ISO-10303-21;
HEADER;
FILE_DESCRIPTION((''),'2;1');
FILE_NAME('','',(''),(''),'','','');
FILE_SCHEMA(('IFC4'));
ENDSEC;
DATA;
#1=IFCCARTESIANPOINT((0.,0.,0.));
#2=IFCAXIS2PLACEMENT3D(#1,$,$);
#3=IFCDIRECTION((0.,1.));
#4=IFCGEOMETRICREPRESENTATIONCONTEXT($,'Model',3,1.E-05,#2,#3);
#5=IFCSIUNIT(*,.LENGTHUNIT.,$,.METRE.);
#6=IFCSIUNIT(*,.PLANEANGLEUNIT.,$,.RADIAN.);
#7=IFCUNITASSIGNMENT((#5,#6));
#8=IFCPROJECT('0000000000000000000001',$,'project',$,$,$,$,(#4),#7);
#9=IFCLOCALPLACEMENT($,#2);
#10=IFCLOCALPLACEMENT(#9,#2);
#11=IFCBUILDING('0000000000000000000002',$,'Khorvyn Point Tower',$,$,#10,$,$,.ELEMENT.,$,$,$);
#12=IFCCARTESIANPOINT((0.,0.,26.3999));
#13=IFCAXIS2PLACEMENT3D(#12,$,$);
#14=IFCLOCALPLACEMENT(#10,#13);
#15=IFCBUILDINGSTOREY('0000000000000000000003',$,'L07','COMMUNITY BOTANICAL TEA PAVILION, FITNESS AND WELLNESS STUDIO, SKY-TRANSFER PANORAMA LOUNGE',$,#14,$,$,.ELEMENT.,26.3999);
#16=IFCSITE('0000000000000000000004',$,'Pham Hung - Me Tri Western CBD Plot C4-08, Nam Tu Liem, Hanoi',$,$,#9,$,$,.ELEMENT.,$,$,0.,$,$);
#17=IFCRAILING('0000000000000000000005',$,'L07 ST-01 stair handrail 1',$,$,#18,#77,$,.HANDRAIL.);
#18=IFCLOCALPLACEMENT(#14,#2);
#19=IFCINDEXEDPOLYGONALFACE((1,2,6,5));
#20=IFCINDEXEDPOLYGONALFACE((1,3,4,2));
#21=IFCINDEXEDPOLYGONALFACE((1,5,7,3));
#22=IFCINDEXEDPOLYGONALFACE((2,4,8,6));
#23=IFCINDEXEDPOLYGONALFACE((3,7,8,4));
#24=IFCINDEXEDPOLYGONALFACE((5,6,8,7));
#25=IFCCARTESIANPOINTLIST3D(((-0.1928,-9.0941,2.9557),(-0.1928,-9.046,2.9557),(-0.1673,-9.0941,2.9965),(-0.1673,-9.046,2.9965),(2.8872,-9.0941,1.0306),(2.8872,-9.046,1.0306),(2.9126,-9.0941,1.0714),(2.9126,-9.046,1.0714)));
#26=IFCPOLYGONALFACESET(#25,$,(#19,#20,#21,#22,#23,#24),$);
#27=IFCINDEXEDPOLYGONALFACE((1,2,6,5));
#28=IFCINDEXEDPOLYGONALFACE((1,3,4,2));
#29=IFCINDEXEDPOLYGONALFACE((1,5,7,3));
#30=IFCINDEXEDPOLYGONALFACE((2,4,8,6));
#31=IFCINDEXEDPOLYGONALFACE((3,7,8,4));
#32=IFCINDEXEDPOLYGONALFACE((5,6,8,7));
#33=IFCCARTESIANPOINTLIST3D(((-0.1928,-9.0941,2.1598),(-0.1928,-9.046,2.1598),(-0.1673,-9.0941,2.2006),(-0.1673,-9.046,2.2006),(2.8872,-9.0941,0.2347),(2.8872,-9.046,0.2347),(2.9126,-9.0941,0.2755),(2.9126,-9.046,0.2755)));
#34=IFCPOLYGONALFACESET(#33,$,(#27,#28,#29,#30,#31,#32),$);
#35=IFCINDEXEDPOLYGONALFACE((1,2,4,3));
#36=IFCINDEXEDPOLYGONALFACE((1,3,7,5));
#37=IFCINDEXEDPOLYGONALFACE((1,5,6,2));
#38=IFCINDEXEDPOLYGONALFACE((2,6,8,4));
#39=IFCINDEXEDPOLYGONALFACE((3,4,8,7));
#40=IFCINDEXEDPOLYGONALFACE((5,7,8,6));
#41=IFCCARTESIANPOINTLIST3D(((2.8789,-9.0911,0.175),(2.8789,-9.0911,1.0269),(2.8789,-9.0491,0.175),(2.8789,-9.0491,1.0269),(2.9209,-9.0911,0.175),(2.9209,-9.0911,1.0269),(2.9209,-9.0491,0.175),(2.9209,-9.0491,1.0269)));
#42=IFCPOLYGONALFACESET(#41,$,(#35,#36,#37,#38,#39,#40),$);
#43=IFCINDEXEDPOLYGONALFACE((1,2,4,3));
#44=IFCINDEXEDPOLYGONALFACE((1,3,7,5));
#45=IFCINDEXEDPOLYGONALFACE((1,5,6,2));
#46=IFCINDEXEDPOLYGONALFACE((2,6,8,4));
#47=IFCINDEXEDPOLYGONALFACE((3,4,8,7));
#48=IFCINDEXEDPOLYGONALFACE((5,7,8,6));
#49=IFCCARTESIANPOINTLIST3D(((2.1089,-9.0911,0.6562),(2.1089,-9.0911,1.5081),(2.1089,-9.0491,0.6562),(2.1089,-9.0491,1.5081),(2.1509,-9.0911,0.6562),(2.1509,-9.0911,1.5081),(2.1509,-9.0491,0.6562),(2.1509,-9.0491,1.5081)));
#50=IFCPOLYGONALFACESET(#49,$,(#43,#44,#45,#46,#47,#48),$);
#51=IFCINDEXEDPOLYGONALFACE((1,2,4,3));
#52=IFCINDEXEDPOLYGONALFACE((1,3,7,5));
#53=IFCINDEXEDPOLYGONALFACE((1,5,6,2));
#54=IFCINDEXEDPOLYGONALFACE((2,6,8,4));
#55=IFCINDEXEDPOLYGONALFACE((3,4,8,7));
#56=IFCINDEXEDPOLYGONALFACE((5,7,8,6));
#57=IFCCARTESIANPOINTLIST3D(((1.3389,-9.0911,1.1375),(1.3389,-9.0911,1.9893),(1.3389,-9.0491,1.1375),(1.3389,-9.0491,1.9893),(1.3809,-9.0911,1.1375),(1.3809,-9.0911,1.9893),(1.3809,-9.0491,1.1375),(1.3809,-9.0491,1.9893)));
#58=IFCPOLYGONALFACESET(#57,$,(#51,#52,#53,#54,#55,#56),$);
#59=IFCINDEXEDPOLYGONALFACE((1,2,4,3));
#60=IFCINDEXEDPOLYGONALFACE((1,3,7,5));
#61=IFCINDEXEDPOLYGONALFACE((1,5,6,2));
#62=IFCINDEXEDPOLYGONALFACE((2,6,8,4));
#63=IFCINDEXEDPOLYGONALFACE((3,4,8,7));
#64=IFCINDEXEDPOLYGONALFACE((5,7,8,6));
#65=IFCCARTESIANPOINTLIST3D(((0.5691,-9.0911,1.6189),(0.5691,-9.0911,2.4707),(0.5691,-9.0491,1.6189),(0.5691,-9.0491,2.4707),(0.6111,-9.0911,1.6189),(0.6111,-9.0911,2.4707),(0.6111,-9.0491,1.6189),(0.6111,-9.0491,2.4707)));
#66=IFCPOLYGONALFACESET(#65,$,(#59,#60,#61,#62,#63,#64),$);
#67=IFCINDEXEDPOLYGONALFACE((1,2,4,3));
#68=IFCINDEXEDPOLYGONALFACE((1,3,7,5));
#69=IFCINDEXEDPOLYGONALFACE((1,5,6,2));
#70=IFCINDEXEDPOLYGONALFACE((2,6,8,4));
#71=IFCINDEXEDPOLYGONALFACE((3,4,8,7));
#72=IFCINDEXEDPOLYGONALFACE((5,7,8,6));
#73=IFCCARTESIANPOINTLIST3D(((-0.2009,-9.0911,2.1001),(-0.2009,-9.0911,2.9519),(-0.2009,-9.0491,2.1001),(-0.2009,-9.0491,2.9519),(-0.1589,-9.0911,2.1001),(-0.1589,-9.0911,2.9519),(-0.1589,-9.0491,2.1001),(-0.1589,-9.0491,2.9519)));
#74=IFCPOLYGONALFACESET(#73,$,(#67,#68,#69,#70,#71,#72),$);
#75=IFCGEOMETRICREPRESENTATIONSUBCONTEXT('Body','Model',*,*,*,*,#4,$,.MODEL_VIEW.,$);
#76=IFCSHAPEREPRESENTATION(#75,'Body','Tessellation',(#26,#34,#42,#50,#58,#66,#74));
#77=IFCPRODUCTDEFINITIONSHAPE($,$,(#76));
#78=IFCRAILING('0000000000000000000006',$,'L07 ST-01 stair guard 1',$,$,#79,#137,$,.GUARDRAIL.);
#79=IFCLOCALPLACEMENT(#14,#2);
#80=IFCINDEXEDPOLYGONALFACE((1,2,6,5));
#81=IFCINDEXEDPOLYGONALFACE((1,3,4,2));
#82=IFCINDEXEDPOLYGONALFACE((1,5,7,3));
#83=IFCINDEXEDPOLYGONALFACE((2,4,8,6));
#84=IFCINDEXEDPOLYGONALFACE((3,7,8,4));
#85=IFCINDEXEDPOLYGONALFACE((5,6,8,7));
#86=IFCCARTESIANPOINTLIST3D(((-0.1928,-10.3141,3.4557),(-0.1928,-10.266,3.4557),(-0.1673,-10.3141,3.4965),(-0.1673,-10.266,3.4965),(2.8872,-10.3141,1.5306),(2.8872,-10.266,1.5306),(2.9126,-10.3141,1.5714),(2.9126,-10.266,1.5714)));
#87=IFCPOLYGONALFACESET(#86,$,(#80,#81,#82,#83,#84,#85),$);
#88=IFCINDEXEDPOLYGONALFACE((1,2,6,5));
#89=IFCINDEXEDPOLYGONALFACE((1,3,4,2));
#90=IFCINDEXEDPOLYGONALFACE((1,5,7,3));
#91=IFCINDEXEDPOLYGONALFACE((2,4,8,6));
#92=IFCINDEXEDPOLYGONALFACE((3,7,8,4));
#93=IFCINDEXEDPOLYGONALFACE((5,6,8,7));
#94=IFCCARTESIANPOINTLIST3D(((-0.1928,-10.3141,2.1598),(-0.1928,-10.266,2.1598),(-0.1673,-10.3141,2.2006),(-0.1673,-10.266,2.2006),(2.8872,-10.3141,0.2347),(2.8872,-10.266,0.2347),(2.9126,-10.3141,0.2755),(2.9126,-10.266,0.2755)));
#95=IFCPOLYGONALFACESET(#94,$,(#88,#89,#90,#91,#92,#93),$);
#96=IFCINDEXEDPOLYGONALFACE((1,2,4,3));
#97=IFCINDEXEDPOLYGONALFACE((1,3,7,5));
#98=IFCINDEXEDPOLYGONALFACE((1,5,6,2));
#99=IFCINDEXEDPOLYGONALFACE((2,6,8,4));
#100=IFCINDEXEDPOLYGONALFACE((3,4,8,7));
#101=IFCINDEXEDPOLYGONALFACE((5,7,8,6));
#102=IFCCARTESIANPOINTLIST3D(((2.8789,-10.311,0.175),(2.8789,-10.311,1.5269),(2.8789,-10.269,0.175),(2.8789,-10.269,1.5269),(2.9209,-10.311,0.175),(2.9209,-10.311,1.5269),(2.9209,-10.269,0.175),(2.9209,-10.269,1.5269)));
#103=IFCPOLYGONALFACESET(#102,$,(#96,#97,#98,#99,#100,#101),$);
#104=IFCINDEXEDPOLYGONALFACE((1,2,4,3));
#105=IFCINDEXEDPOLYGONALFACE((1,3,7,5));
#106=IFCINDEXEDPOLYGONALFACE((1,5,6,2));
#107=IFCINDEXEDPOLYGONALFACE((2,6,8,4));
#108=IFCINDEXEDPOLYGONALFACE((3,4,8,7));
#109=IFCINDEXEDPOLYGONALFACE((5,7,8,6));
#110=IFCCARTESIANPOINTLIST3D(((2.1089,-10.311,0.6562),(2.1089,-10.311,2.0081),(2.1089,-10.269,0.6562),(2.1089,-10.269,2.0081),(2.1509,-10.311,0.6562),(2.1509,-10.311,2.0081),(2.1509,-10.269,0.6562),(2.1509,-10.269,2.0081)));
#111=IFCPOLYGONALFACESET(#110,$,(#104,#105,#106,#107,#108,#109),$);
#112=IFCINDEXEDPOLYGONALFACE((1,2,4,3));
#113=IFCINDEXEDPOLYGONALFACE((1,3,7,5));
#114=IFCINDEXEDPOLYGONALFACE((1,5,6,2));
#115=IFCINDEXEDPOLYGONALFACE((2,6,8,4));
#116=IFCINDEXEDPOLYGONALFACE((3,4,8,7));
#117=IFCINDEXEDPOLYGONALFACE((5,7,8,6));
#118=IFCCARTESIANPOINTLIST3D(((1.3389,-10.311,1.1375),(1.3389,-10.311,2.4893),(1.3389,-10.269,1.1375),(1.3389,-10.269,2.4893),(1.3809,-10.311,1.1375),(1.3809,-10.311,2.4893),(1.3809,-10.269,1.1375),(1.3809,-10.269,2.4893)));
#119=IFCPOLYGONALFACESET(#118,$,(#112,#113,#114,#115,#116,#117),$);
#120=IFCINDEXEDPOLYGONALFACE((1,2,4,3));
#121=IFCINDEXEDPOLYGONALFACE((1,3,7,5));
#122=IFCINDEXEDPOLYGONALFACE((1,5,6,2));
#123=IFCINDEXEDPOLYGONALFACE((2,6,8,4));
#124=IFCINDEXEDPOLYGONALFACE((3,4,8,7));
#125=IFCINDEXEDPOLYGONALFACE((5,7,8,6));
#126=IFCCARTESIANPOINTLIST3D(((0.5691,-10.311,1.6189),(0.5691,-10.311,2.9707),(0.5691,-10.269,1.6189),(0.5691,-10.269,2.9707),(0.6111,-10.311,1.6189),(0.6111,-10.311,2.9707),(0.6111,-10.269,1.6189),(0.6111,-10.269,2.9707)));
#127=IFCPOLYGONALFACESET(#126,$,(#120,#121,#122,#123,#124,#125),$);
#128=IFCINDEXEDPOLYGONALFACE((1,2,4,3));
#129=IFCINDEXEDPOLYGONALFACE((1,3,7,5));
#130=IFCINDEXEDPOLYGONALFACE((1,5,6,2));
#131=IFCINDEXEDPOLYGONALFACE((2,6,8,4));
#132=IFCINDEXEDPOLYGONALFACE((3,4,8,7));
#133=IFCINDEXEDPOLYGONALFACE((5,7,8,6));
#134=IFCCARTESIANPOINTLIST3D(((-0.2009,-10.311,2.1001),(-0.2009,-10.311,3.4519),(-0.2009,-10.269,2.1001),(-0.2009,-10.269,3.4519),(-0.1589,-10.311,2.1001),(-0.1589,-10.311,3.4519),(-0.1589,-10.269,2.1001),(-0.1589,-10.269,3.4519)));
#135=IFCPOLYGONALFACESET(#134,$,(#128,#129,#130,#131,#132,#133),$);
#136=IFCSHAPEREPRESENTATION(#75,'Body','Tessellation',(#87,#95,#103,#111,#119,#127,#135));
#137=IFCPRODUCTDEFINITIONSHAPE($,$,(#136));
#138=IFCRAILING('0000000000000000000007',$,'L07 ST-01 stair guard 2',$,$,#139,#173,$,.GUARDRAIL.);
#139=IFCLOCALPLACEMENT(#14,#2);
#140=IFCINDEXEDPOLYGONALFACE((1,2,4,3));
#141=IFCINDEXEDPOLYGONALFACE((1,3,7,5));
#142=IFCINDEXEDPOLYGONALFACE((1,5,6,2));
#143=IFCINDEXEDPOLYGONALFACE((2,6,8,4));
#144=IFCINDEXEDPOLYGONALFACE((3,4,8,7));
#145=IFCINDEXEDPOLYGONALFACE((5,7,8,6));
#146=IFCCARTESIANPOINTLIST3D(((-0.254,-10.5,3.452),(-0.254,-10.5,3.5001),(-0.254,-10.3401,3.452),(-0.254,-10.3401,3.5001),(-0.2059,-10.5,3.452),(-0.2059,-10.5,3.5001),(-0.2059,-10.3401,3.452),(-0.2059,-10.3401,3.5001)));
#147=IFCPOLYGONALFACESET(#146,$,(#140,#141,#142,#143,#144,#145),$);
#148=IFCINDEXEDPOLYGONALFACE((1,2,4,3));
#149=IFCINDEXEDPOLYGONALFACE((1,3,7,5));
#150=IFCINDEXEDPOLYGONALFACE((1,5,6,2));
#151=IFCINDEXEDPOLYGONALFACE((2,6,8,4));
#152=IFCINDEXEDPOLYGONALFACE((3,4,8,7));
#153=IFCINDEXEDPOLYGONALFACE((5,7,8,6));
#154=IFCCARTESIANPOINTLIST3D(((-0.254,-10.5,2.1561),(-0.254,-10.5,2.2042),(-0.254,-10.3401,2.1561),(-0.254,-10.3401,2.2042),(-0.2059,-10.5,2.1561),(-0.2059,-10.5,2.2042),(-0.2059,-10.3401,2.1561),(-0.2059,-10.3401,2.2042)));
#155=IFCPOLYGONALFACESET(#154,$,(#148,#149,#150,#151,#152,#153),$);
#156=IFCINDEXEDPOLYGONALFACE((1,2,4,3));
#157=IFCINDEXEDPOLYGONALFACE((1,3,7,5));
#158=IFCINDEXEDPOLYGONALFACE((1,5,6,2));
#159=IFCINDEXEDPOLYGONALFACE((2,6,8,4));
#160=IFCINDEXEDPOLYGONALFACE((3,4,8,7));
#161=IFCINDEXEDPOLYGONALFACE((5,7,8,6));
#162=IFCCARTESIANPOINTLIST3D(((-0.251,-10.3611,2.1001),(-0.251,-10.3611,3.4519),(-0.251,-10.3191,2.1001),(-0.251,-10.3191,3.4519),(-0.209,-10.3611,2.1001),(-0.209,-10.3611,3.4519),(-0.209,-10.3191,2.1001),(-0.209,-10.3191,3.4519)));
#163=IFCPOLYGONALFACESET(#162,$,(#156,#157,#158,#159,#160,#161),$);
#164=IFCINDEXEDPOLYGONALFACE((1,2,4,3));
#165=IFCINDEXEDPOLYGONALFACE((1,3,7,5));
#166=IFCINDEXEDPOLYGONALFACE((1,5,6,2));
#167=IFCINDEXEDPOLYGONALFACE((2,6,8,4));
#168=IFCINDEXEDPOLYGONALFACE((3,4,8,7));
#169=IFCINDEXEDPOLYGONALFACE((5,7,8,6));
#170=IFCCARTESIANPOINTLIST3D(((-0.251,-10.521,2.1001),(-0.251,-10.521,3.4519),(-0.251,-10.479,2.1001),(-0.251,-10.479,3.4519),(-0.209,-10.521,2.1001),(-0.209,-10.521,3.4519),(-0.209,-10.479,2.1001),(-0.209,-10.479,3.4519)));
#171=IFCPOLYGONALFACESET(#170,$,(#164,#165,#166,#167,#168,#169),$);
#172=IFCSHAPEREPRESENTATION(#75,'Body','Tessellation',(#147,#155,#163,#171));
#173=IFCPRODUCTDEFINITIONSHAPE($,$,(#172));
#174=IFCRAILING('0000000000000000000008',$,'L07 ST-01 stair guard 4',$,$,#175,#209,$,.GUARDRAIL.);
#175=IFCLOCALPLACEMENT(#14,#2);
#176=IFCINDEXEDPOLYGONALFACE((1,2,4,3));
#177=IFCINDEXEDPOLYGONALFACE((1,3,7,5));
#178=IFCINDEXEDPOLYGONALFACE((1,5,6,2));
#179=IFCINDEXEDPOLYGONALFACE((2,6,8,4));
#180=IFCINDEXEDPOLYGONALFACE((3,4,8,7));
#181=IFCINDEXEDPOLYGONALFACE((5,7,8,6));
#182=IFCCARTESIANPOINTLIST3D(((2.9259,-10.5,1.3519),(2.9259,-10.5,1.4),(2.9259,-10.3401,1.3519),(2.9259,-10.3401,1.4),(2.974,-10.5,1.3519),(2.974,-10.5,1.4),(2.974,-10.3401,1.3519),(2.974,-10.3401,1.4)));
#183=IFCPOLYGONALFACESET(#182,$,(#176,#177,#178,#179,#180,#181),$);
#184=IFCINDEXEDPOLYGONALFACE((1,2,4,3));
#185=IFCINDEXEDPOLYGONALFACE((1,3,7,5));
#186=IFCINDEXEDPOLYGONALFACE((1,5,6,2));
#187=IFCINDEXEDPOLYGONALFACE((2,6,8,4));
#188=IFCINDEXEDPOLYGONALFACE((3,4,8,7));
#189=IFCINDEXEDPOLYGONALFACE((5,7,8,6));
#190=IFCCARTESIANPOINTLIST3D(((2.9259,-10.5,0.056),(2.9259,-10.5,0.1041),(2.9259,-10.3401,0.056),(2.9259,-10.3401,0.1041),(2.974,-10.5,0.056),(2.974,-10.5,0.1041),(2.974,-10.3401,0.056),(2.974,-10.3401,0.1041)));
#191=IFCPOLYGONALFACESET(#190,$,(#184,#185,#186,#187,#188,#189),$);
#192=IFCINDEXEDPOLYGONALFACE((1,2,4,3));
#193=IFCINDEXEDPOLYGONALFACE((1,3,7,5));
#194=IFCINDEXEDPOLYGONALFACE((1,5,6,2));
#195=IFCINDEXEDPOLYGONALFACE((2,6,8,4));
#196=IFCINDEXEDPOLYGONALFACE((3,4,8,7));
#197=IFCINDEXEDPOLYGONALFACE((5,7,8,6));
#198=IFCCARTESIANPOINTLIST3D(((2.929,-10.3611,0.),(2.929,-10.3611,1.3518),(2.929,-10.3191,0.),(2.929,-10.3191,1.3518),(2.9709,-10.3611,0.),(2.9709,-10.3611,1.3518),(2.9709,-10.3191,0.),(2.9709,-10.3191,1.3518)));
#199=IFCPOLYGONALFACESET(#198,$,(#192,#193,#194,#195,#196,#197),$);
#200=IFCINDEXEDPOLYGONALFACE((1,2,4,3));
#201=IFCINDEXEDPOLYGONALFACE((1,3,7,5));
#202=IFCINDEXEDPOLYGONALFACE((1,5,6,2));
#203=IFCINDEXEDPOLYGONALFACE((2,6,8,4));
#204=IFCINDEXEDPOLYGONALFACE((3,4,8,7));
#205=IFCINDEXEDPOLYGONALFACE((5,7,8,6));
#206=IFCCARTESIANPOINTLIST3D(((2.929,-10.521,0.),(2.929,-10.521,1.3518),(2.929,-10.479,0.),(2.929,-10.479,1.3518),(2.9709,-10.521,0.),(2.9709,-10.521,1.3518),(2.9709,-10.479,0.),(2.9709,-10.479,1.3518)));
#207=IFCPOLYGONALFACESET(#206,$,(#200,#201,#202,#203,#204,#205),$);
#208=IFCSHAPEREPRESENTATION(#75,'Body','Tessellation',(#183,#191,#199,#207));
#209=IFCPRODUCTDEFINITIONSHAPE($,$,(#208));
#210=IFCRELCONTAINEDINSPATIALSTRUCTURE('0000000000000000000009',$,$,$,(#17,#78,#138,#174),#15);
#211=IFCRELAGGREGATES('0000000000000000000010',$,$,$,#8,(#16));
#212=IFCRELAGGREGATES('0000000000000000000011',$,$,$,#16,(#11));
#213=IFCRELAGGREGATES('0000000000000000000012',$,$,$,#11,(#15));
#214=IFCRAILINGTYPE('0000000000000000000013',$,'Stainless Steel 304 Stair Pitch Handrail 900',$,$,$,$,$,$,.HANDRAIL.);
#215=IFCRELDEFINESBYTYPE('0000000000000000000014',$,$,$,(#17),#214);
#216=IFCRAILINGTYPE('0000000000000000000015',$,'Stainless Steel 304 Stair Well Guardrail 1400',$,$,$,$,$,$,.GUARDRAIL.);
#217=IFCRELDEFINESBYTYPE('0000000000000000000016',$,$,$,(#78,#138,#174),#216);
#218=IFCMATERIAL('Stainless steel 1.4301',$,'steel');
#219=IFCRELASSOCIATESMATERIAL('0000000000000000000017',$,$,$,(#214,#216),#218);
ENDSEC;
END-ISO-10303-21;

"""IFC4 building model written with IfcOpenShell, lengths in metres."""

from ifc_helpers import new_model, si_unit, direction, frame, origin, origin_2d, place, context, subcontext, project, spatial, rectangle, extrude, material, type_object, element, save


model = new_model("IFC4")

# Units and contexts
model_context = context("Model", 3, precision=1e-05, world=origin(), true_north=direction((0.0, 1.0)))
body_context = subcontext(model_context, "Body", "Model", "MODEL_VIEW")
ifc_project = project(units=[si_unit("LENGTHUNIT", "METRE"), si_unit("PLANEANGLEUNIT", "RADIAN")], contexts=[model_context])

# Site, building, storey
site_placement = place(None, origin())
site = spatial("IfcSite", under=ifc_project, at=site_placement, Name="Pham Hung - Me Tri Western CBD Plot C4-08, Nam Tu Liem, Hanoi", CompositionType="ELEMENT", RefElevation=0.0)
building_placement = place(site_placement, origin())
building = spatial("IfcBuilding", under=site, at=building_placement, Name="Khorvyn Point Tower", CompositionType="ELEMENT")
storey_placement = place(building_placement, frame((0.0, 0.0, 26.3999)))
storey = spatial("IfcBuildingStorey", under=building, at=storey_placement, Name="L07", Description="COMMUNITY BOTANICAL TEA PAVILION, FITNESS AND WELLNESS STUDIO, SKY-TRANSFER PANORAMA LOUNGE", CompositionType="ELEMENT", Elevation=26.3999)

# Shared definitions
ifc_material_1 = material(Name="Stainless steel 1.4301", Category="steel")

# Railings
railing_type_1 = type_object("IfcRailingType", Name="Stainless Steel 304 Stair Pitch Handrail 900", PredefinedType="HANDRAIL", material=ifc_material_1)
railing_1_placement = place(storey_placement, frame((2.8999, -9.0701, 0.175)))
element("IfcRailing", 1, at=railing_1_placement, inside=storey, type_object=railing_type_1, Name="L07 ST-01 stair handrail 1", PredefinedType="HANDRAIL", context=body_context, shape_type="SweptSolid", body=[
    extrude(rectangle(XDim=0.0481, YDim=0.0481, at=origin_2d()), frame((0.0, 0.0, 0.876), z_axis=(-0.847979, 0.0, 0.530029), x_axis=(0.0, -1.0, 0.0)), (0.0, 0.0, 1.0), 3.6321),
    extrude(rectangle(XDim=0.0481, YDim=0.0481, at=origin_2d()), frame((0.0, 0.0, 0.0801), z_axis=(-0.847979, 0.0, 0.530029), x_axis=(0.0, -1.0, 0.0)), (0.0, 0.0, 1.0), 3.6321),
    extrude(rectangle(XDim=0.042, YDim=0.042, at=origin_2d()), origin(), (0.0, 0.0, 1.0), 0.8518),
    extrude(rectangle(XDim=0.042, YDim=0.042, at=origin_2d()), frame((-0.77, 0.0, 0.4812)), (0.0, 0.0, 1.0), 0.8518),
    extrude(rectangle(XDim=0.042, YDim=0.042, at=origin_2d()), frame((-1.54, 0.0, 0.9624)), (0.0, 0.0, 1.0), 0.8518),
    extrude(rectangle(XDim=0.042, YDim=0.042, at=origin_2d()), frame((-2.3098, 0.0, 1.4438)), (0.0, 0.0, 1.0), 0.8518),
    extrude(rectangle(XDim=0.042, YDim=0.042, at=origin_2d()), frame((-3.0798, 0.0, 1.925)), (0.0, 0.0, 1.0), 0.8518),
])
railing_type_2 = type_object("IfcRailingType", Name="Stainless Steel 304 Stair Well Guardrail 1400", PredefinedType="GUARDRAIL", material=ifc_material_1)
railing_2_placement = place(storey_placement, frame((2.8999, -10.29, 0.175)))
element("IfcRailing", 2, at=railing_2_placement, inside=storey, type_object=railing_type_2, Name="L07 ST-01 stair guard 1", PredefinedType="GUARDRAIL", context=body_context, shape_type="SweptSolid", body=[
    extrude(rectangle(XDim=0.0481, YDim=0.0481, at=origin_2d()), frame((0.0, 0.0, 1.376), z_axis=(-0.847979, 0.0, 0.530029), x_axis=(0.0, -1.0, 0.0)), (0.0, 0.0, 1.0), 3.6321),
    extrude(rectangle(XDim=0.0481, YDim=0.0481, at=origin_2d()), frame((0.0, 0.0, 0.0801), z_axis=(-0.847979, 0.0, 0.530029), x_axis=(0.0, -1.0, 0.0)), (0.0, 0.0, 1.0), 3.6321),
    extrude(rectangle(XDim=0.042, YDim=0.042, at=origin_2d()), origin(), (0.0, 0.0, 1.0), 1.3518),
    extrude(rectangle(XDim=0.042, YDim=0.042, at=origin_2d()), frame((-0.77, 0.0, 0.4812)), (0.0, 0.0, 1.0), 1.3518),
    extrude(rectangle(XDim=0.042, YDim=0.042, at=origin_2d()), frame((-1.54, 0.0, 0.9624)), (0.0, 0.0, 1.0), 1.3518),
    extrude(rectangle(XDim=0.042, YDim=0.042, at=origin_2d()), frame((-2.3098, 0.0, 1.4438)), (0.0, 0.0, 1.0), 1.3518),
    extrude(rectangle(XDim=0.042, YDim=0.042, at=origin_2d()), frame((-3.0798, 0.0, 1.925)), (0.0, 0.0, 1.0), 1.3518),
])
for number, where, name in (
    (3, (-0.23, -10.3401, 2.1001), "L07 ST-01 stair guard 2"),
    (4, (2.95, -10.3401, 0.0), "L07 ST-01 stair guard 4"),
):
    element("IfcRailing", number, at=place(storey_placement, frame(where)), inside=storey, type_object=railing_type_2, Name=name, PredefinedType="GUARDRAIL", context=body_context, shape_type="SweptSolid", body=[
        extrude(rectangle(XDim=0.0481, YDim=0.0481, at=origin_2d()), frame((0.0, 0.0, 1.376), z_axis=(0.0, -1.0, 0.0), x_axis=(1.0, 0.0, 0.0)), (0.0, 0.0, 1.0), 0.1599),
        extrude(rectangle(XDim=0.0481, YDim=0.0481, at=origin_2d()), frame((0.0, 0.0, 0.0801), z_axis=(0.0, -1.0, 0.0), x_axis=(1.0, 0.0, 0.0)), (0.0, 0.0, 1.0), 0.1599),
        extrude(rectangle(XDim=0.042, YDim=0.042, at=origin_2d()), origin(), (0.0, 0.0, 1.0), 1.3518),
        extrude(rectangle(XDim=0.042, YDim=0.042, at=origin_2d()), frame((0.0, -0.1599, 0.0)), (0.0, 0.0, 1.0), 1.3518),
    ])

save(model, "model.ifc")
